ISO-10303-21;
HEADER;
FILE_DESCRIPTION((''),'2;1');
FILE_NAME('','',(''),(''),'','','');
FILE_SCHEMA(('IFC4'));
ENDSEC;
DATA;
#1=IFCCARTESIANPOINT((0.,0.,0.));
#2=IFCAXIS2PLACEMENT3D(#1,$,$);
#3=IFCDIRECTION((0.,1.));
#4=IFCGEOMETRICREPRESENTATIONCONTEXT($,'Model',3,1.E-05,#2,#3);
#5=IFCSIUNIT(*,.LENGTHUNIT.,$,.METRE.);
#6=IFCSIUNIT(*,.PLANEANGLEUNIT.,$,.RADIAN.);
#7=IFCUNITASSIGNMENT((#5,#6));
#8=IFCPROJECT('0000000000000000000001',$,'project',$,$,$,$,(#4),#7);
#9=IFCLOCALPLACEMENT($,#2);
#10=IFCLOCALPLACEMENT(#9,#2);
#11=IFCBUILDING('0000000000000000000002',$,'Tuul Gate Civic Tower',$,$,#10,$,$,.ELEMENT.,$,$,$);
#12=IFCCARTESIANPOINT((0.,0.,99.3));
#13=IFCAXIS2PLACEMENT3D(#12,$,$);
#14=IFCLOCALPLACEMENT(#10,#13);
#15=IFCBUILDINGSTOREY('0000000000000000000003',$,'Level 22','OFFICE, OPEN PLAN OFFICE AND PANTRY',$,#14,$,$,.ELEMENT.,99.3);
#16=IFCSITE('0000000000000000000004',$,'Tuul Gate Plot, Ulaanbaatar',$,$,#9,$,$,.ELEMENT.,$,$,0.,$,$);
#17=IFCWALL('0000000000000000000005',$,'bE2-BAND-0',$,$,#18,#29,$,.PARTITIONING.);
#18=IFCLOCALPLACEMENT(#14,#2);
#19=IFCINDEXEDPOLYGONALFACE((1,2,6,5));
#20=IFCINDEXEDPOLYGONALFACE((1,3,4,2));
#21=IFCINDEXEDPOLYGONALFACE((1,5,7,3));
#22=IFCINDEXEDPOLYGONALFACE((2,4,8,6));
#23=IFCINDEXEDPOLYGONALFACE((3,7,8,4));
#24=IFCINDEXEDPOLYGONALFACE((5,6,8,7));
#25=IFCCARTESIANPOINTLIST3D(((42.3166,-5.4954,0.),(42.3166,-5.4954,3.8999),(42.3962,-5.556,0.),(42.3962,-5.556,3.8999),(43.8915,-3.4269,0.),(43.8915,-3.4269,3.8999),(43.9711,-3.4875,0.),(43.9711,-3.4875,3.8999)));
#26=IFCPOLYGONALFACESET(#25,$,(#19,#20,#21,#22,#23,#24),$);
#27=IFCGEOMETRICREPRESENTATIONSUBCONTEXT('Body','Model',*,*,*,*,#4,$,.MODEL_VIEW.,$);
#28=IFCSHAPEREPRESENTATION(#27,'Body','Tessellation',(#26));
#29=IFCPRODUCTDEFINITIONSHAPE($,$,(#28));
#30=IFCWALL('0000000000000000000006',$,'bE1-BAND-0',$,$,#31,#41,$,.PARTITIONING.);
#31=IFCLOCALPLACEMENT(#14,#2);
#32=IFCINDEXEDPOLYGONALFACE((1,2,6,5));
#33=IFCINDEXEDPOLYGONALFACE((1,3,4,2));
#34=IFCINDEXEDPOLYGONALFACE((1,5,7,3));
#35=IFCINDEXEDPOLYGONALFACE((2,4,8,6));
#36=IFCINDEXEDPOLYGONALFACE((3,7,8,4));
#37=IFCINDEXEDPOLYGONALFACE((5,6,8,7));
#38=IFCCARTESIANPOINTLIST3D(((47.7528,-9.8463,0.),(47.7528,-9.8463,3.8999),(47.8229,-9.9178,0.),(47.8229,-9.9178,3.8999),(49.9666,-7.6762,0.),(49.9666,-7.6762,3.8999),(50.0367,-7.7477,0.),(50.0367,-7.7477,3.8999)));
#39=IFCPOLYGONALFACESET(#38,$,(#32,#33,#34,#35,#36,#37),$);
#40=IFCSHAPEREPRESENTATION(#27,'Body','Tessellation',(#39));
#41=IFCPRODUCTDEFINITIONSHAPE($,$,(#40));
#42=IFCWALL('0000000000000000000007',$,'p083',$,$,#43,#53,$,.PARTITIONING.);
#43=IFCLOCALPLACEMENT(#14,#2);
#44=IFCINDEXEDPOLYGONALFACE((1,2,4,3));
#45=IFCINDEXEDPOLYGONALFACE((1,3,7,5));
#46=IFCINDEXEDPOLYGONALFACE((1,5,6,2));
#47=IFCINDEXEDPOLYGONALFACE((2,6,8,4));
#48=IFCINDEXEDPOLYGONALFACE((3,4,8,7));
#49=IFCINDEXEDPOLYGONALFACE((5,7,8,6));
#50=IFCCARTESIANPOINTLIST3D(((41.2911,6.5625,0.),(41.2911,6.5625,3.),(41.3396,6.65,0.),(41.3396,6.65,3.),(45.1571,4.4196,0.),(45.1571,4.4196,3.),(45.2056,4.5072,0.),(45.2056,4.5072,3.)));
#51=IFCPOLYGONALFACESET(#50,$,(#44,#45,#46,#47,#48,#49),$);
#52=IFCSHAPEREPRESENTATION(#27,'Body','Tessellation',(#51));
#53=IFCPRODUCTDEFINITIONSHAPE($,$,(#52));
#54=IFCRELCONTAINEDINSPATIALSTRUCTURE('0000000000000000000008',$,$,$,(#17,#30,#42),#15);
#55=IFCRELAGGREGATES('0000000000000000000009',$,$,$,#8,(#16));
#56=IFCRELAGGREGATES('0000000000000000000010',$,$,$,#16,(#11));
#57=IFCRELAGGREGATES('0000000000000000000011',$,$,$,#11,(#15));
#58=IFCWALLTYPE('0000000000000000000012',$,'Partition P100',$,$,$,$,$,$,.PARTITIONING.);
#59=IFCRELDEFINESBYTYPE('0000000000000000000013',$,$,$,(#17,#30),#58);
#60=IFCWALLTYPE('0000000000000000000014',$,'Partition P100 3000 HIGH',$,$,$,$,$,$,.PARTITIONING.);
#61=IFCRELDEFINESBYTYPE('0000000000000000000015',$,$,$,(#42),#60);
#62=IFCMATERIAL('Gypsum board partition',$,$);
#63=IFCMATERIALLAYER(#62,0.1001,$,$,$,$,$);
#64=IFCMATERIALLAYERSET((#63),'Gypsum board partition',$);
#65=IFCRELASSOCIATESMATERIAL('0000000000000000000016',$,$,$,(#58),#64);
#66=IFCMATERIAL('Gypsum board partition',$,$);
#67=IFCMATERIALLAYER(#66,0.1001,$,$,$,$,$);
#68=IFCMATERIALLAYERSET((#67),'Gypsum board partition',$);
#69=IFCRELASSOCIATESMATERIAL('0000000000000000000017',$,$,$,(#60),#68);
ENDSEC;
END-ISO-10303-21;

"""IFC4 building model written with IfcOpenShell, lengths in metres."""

from ifc_helpers import new_model, si_unit, direction, frame, frame_2d, origin, place, context, subcontext, project, spatial, rectangle, extrude, material, layer, layer_set, type_object, element, save


model = new_model("IFC4")

# Units and contexts
model_context = context("Model", 3, precision=1e-05, world=origin(), true_north=direction((0.0, 1.0)))
body_context = subcontext(model_context, "Body", "Model", "MODEL_VIEW")
ifc_project = project(units=[si_unit("LENGTHUNIT", "METRE"), si_unit("PLANEANGLEUNIT", "RADIAN")], contexts=[model_context])

# Site, building, storey
site_placement = place(None, origin())
site = spatial("IfcSite", under=ifc_project, at=site_placement, Name="Tuul Gate Plot, Ulaanbaatar", CompositionType="ELEMENT", RefElevation=0.0)
building_placement = place(site_placement, origin())
building = spatial("IfcBuilding", under=site, at=building_placement, Name="Tuul Gate Civic Tower", CompositionType="ELEMENT")
storey_placement = place(building_placement, frame((0.0, 0.0, 99.3)))
storey = spatial("IfcBuildingStorey", under=building, at=storey_placement, Name="Level 22", Description="OFFICE, OPEN PLAN OFFICE AND PANTRY", CompositionType="ELEMENT", Elevation=99.3)

# Walls
ifc_material_1 = material(Name="Gypsum board partition")
ifc_layer_1 = layer(ifc_material_1, 0.1001)
ifc_layer_set_1 = layer_set([ifc_layer_1], Name="Gypsum board partition")
wall_type_1 = type_object("IfcWallType", Name="Partition P100", PredefinedType="PARTITIONING", material=ifc_layer_set_1)
wall_1_placement = place(storey_placement, frame((42.3564, -5.5256, 0.0), z_axis=(0.0, 0.0, 1.0), x_axis=(0.605769, 0.795641, 0.0)))
element("IfcWall", 1, at=wall_1_placement, inside=storey, type_object=wall_type_1, Name="bE2-BAND-0", PredefinedType="PARTITIONING", context=body_context, shape_type="SweptSolid", body=[
    extrude(rectangle(XDim=2.5999, YDim=0.1001, at=frame_2d((1.2998, 0.0))), origin(), (0.0, 0.0, 1.0), 3.8999),
])
wall_2_placement = place(storey_placement, frame((47.7878, -9.8821, 0.0), z_axis=(0.0, 0.0, 1.0), x_axis=(0.71412, 0.700023, 0.0)))
element("IfcWall", 2, at=wall_2_placement, inside=storey, type_object=wall_type_1, Name="bE1-BAND-0", PredefinedType="PARTITIONING", context=body_context, shape_type="SweptSolid", body=[
    extrude(rectangle(XDim=3.1001, YDim=0.1001, at=frame_2d((1.55, 0.0))), origin(), (0.0, 0.0, 1.0), 3.8999),
])
ifc_material_2 = material(Name="Gypsum board partition")
ifc_layer_2 = layer(ifc_material_2, 0.1001)
ifc_layer_set_2 = layer_set([ifc_layer_2], Name="Gypsum board partition")
wall_type_2 = type_object("IfcWallType", Name="Partition P100 3000 HIGH", PredefinedType="PARTITIONING", material=ifc_layer_set_2)
wall_3_placement = place(storey_placement, frame((41.3154, 6.6062, 0.0), z_axis=(0.0, 0.0, 1.0), x_axis=(0.874631, -0.484789, 0.0)))
element("IfcWall", 3, at=wall_3_placement, inside=storey, type_object=wall_type_2, Name="p083", PredefinedType="PARTITIONING", context=body_context, shape_type="SweptSolid", body=[
    extrude(rectangle(XDim=4.4202, YDim=0.1001, at=frame_2d((2.21, 0.0))), origin(), (0.0, 0.0, 1.0), 3.0),
])

save(model, "model.ifc")
